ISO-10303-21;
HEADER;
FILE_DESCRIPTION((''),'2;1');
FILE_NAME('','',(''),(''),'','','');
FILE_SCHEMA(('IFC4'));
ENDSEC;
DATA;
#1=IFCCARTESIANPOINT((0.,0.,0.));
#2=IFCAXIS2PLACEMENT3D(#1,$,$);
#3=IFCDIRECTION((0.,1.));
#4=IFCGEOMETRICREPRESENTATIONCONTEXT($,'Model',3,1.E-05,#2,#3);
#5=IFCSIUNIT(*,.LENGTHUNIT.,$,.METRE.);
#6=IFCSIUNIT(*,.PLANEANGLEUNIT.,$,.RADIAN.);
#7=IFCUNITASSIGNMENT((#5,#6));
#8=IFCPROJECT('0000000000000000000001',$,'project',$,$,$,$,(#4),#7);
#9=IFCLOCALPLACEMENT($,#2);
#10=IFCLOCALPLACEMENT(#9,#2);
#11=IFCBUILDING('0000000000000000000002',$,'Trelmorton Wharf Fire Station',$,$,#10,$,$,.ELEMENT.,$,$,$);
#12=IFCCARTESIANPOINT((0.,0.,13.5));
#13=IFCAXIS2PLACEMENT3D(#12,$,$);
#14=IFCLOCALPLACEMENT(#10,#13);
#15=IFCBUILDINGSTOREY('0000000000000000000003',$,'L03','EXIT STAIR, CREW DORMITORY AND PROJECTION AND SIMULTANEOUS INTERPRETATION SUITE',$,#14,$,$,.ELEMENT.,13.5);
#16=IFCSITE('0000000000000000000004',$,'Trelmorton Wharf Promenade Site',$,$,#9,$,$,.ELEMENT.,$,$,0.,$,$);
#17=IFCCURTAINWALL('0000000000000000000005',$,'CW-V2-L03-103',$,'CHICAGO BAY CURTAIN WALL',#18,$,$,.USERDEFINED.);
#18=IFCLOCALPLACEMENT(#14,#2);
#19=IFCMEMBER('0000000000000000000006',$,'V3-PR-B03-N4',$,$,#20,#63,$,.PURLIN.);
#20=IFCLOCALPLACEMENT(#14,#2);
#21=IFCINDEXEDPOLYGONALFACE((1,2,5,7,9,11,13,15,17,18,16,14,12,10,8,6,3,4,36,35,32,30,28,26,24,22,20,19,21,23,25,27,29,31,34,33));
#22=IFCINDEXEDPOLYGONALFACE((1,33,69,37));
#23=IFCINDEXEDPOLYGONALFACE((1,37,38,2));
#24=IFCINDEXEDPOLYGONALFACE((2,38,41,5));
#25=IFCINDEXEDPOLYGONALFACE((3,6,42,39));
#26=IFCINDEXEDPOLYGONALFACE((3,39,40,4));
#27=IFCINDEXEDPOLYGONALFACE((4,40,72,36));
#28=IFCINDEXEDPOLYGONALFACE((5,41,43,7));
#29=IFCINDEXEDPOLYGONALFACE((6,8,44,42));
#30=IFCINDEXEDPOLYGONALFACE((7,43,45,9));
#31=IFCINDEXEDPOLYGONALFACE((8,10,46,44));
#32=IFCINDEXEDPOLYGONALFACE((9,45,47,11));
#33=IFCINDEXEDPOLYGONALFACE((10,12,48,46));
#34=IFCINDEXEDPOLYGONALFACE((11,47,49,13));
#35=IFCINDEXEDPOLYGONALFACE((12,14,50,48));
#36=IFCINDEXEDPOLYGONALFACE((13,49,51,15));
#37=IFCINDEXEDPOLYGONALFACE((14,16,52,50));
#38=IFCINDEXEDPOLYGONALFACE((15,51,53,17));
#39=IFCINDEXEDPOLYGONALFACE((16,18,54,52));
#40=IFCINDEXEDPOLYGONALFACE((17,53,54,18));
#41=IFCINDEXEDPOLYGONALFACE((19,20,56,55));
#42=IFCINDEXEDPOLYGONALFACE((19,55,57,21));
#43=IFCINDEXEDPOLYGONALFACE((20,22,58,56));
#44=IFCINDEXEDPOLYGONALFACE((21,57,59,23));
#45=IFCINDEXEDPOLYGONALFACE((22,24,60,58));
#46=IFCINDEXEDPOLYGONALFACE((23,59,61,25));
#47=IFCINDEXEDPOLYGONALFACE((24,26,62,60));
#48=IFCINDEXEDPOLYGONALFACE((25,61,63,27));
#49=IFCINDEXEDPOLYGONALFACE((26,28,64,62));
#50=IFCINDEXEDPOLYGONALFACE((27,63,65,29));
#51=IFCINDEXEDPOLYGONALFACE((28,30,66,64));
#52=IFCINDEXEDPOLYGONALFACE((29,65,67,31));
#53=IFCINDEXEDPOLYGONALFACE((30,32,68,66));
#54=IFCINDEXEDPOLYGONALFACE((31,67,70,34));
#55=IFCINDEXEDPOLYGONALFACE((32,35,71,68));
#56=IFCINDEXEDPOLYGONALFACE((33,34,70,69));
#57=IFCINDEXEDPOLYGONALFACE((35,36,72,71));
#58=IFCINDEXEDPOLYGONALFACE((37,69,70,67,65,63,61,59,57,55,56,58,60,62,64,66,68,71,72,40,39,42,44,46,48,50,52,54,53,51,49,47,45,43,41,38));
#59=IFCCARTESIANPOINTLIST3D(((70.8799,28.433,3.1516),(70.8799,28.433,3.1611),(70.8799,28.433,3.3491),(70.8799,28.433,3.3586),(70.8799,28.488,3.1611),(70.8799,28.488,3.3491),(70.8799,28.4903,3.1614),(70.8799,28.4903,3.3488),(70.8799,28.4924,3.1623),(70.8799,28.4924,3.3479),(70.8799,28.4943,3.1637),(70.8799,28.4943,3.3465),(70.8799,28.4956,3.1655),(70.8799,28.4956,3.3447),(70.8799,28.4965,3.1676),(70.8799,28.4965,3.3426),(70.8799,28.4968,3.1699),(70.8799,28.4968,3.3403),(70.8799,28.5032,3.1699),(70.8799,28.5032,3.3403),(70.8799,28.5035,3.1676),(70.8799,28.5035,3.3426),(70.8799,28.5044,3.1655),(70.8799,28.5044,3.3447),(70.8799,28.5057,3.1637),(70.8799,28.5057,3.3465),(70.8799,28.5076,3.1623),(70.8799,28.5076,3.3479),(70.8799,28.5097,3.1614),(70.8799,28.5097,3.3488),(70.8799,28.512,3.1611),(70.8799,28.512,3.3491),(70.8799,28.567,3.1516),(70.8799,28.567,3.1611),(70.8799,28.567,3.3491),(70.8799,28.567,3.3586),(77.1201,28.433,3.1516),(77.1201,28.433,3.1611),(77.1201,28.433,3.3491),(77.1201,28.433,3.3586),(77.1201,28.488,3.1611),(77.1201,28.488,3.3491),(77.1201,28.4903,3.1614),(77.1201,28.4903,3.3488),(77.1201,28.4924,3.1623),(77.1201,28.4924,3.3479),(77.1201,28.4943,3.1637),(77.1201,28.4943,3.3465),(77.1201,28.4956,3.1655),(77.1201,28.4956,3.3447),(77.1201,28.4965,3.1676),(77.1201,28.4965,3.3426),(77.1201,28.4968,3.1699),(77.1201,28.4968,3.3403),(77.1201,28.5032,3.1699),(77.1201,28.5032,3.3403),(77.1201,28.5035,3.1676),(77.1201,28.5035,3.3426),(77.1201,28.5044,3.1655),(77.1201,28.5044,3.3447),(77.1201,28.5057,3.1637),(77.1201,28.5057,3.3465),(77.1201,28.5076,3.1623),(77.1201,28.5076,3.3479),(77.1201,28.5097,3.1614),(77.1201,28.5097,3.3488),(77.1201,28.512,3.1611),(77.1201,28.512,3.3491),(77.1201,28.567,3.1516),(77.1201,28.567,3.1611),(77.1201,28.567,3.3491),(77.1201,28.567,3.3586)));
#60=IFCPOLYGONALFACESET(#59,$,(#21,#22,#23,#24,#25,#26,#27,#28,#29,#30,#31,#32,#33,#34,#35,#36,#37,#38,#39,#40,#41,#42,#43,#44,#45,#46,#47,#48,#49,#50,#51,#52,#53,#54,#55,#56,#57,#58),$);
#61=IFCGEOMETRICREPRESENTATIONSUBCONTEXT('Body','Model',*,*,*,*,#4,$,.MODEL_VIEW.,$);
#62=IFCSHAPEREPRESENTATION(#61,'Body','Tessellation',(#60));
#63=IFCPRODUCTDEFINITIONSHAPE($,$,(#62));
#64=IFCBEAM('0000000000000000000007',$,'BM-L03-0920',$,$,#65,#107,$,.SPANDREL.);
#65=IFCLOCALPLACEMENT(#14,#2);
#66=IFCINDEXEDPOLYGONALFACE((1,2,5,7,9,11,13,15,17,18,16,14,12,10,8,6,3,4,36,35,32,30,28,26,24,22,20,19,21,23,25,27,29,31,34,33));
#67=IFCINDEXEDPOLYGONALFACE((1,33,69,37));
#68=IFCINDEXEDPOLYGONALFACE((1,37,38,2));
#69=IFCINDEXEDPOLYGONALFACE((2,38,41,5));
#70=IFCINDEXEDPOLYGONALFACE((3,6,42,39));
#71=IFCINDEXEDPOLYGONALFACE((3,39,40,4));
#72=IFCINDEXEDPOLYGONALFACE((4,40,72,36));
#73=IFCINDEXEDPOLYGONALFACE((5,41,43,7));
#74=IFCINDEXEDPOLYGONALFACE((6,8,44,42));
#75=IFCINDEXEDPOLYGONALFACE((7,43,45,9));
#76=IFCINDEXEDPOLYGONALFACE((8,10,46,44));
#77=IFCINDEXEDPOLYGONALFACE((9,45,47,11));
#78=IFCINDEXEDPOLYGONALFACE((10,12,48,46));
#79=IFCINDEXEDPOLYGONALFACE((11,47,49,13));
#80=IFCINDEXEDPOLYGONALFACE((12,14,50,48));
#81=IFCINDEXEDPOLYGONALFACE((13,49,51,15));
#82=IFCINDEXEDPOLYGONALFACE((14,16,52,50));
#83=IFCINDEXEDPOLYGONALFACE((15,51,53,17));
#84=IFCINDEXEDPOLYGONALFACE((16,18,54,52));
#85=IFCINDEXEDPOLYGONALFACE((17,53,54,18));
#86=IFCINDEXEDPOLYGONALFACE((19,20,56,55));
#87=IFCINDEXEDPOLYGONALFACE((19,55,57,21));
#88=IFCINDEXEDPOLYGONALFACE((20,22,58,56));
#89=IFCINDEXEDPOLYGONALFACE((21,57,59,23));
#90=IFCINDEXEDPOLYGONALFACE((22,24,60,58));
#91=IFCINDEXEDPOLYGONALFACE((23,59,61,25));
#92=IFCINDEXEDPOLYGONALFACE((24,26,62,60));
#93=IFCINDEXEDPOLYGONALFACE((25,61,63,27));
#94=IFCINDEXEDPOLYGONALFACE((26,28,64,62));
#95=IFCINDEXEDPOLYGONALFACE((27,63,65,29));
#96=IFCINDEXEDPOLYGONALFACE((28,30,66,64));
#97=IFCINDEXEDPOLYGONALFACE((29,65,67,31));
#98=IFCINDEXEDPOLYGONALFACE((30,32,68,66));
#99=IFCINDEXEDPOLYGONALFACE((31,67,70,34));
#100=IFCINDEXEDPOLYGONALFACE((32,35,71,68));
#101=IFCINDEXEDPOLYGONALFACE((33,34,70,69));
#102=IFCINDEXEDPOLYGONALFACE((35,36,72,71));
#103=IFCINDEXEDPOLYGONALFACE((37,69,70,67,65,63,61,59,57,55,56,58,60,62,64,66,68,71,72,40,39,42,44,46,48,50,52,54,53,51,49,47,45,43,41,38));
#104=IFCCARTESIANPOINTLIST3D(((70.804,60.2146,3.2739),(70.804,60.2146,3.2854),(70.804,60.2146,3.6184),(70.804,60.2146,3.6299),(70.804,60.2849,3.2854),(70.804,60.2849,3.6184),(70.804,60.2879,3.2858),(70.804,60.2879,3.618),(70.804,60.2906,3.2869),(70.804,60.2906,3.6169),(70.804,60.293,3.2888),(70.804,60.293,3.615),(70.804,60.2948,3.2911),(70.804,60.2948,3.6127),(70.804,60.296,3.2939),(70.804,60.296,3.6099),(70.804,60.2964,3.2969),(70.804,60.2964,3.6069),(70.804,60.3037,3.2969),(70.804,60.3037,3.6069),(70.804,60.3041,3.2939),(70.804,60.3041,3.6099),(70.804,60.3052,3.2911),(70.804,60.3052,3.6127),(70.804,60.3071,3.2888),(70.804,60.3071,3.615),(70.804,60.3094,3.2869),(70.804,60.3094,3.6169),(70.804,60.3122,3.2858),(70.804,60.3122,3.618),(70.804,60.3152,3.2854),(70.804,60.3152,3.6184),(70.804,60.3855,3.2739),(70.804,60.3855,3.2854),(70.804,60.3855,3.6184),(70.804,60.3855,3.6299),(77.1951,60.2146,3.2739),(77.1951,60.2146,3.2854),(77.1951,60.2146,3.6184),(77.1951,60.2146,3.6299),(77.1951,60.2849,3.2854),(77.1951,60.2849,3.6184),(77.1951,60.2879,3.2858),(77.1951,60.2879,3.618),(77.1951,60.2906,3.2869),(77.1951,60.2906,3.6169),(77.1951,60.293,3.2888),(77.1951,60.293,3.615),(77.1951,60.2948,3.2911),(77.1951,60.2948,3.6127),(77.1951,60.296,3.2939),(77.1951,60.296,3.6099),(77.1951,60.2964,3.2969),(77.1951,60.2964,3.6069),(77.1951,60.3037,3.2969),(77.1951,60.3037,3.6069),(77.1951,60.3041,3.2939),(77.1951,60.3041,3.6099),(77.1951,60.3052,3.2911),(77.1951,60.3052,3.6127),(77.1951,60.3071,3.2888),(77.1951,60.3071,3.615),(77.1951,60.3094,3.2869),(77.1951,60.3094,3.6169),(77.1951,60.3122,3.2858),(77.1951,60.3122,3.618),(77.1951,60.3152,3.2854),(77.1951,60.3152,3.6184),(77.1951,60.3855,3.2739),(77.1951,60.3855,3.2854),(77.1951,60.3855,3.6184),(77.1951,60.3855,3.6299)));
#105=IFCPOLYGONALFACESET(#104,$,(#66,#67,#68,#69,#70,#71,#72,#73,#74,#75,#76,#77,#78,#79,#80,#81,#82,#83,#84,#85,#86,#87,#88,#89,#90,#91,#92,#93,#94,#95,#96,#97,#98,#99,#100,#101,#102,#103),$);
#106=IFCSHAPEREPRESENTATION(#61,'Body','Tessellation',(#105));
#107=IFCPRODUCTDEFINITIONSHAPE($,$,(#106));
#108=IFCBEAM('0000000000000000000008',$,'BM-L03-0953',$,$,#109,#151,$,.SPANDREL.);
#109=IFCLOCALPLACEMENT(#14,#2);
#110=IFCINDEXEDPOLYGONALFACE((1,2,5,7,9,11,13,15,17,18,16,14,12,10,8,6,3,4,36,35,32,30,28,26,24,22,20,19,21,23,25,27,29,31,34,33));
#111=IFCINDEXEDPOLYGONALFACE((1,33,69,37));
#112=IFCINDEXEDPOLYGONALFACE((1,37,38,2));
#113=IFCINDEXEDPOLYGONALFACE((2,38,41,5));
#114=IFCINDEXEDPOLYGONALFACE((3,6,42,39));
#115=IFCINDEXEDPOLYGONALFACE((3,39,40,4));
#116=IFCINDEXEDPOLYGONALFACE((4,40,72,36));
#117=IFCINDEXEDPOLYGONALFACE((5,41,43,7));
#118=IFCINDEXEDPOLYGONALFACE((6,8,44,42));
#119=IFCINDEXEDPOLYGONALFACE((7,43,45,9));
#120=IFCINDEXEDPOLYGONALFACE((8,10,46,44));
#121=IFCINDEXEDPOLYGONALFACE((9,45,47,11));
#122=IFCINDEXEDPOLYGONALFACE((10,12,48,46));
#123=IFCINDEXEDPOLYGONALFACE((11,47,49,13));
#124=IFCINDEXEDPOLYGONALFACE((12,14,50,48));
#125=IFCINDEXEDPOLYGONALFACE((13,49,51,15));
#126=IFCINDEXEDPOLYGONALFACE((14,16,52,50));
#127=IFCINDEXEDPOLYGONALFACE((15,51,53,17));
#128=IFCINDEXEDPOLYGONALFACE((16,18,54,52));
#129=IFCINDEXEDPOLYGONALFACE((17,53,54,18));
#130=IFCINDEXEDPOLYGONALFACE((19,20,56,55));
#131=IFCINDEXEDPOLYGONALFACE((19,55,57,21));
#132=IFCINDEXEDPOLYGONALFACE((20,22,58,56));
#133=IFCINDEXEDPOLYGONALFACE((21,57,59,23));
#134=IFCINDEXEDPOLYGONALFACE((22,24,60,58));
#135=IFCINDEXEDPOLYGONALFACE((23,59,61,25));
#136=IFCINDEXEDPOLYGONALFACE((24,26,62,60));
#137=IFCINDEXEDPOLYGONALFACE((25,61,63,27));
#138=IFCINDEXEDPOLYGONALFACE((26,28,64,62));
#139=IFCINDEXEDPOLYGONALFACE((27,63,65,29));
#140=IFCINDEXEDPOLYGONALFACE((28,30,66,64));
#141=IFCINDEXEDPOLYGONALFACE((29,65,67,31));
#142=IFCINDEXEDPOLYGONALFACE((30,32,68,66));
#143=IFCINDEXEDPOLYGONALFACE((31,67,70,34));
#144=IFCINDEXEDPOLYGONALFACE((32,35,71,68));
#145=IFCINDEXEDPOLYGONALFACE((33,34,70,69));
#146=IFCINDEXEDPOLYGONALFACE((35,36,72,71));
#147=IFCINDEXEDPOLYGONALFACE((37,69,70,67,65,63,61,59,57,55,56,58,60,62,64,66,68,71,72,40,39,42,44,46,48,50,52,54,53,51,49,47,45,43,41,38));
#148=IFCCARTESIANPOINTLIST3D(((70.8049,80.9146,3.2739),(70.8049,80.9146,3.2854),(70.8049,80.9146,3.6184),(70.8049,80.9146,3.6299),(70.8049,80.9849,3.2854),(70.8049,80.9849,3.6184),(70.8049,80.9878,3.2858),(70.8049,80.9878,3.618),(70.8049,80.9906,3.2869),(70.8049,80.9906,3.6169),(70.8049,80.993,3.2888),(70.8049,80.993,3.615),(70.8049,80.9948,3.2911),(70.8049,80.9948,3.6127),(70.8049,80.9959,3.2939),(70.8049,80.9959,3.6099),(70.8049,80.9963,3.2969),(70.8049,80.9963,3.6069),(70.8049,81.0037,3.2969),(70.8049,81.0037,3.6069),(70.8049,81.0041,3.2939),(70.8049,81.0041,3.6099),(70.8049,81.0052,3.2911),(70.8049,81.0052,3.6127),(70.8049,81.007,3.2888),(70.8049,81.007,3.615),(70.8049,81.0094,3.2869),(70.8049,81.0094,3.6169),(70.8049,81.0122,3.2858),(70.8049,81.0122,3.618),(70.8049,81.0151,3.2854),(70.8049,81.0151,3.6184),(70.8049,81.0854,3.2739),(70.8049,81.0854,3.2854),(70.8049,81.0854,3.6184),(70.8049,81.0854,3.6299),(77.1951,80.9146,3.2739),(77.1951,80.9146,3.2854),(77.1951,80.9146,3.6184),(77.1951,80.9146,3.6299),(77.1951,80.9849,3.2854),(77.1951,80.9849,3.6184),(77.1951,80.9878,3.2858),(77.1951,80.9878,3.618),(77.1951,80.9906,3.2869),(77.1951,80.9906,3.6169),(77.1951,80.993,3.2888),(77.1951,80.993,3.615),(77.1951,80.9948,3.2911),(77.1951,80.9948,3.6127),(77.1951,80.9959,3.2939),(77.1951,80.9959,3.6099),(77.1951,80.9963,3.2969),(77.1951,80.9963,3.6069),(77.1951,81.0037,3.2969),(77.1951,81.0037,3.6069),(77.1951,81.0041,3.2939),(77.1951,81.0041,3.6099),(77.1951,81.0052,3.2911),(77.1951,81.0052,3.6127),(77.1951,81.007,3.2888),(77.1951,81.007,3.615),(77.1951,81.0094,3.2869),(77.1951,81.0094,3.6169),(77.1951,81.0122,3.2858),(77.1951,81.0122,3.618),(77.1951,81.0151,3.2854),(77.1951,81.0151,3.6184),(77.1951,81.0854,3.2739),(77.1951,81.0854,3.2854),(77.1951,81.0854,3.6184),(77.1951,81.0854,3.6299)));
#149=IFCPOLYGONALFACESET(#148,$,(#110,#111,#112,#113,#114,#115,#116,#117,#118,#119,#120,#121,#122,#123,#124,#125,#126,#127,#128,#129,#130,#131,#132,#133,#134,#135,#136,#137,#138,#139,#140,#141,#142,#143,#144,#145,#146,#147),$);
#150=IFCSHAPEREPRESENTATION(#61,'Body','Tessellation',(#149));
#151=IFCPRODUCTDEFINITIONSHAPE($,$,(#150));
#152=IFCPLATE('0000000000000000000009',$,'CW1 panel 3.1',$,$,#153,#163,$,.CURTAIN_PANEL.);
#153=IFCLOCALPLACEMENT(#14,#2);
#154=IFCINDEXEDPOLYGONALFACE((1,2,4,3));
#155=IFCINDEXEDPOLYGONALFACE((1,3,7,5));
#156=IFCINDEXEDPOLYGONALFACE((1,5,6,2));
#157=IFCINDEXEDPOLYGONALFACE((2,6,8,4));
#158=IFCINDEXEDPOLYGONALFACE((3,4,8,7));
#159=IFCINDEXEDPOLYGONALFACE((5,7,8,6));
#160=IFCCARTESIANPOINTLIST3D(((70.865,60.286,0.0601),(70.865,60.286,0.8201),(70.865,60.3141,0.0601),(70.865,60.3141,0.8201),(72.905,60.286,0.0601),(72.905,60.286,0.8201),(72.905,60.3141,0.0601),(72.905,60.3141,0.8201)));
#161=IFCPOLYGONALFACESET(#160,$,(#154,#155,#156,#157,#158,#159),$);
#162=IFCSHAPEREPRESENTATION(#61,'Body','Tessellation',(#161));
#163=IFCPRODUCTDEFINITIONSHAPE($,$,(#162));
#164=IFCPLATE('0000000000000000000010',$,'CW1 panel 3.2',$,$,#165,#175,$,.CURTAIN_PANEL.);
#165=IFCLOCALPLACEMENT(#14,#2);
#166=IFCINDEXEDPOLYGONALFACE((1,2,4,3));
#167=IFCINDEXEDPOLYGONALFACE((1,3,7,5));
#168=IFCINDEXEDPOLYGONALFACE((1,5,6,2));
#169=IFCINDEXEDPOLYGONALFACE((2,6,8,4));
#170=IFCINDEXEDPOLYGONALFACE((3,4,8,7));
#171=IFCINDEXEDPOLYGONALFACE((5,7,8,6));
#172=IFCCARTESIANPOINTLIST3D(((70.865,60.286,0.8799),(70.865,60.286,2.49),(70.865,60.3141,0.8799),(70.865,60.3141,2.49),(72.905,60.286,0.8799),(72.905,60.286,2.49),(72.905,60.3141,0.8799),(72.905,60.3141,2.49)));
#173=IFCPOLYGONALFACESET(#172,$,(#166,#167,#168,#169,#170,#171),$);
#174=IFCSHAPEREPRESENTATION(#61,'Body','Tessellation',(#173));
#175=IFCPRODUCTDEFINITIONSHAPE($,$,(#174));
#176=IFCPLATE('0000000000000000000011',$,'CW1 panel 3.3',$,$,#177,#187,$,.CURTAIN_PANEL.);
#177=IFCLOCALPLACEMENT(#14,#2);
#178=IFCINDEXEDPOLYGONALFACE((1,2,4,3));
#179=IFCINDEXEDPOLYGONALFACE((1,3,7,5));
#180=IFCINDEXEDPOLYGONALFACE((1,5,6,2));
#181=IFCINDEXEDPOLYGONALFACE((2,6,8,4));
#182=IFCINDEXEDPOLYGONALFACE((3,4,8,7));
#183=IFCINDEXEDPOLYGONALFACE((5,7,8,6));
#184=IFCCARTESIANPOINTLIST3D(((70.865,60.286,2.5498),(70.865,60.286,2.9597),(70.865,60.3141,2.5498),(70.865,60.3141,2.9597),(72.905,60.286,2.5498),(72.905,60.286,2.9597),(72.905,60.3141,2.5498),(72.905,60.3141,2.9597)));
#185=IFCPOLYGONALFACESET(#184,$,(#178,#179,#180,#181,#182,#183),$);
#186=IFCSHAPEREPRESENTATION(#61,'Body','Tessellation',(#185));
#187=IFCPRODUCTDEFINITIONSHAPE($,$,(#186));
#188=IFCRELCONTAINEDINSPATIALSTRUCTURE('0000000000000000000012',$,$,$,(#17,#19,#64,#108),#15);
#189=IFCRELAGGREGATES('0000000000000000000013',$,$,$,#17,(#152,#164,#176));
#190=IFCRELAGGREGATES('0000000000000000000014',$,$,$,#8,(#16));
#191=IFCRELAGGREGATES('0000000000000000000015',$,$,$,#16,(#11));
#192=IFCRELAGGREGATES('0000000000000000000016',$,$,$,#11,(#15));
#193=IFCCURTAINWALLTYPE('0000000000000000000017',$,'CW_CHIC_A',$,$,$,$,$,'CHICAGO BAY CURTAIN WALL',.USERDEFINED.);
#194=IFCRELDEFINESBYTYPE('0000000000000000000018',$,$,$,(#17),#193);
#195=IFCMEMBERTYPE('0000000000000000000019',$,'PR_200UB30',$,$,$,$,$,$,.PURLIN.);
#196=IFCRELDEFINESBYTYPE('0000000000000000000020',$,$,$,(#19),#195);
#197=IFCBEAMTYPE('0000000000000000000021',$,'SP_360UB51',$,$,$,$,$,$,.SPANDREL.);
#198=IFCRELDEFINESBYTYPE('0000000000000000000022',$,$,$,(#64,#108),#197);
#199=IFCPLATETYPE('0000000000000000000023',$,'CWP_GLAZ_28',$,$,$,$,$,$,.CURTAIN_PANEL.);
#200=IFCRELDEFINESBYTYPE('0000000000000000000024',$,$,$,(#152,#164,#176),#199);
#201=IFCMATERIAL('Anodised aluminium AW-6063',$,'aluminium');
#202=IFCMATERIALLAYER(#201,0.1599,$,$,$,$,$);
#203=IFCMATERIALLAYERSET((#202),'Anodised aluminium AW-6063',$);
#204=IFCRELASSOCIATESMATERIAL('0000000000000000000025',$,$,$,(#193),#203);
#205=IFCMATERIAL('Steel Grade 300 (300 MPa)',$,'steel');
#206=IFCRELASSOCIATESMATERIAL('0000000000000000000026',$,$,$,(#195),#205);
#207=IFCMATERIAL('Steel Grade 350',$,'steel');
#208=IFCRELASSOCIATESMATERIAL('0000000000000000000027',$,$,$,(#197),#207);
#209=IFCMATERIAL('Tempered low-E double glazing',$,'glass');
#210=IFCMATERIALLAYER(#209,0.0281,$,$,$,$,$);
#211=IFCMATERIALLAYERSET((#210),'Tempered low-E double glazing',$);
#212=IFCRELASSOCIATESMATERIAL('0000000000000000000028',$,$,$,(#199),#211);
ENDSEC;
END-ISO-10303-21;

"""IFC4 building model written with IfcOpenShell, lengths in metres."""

from ifc_helpers import new_model, si_unit, direction, frame, origin, origin_2d, place, context, subcontext, project, spatial, rectangle, i_section, extrude, material, layer, layer_set, material_profile, profile_set, type_object, element, aggregate, save


model = new_model("IFC4")

# Units and contexts
model_context = context("Model", 3, precision=1e-05, world=origin(), true_north=direction((0.0, 1.0)))
body_context = subcontext(model_context, "Body", "Model", "MODEL_VIEW")
ifc_project = project(units=[si_unit("LENGTHUNIT", "METRE"), si_unit("PLANEANGLEUNIT", "RADIAN")], contexts=[model_context])

# Site, building, storey
site_placement = place(None, origin())
site = spatial("IfcSite", under=ifc_project, at=site_placement, Name="Trelmorton Wharf Promenade Site", CompositionType="ELEMENT", RefElevation=0.0)
building_placement = place(site_placement, origin())
building = spatial("IfcBuilding", under=site, at=building_placement, Name="Trelmorton Wharf Fire Station", CompositionType="ELEMENT")
storey_placement = place(building_placement, frame((0.0, 0.0, 13.5)))
storey = spatial("IfcBuildingStorey", under=building, at=storey_placement, Name="L03", Description="EXIT STAIR, CREW DORMITORY AND PROJECTION AND SIMULTANEOUS INTERPRETATION SUITE", CompositionType="ELEMENT", Elevation=13.5)

# Shared definitions
ifc_material_1 = material(Name="Steel Grade 350", Category="steel")

# Curtain wall
ifc_material_2 = material(Name="Anodised aluminium AW-6063", Category="aluminium")
ifc_layer_1 = layer(ifc_material_2, 0.1599)
ifc_layer_set_1 = layer_set([ifc_layer_1], Name="Anodised aluminium AW-6063")
curtain_wall_type = type_object("IfcCurtainWallType", Name="CW_CHIC_A", ElementType="CHICAGO BAY CURTAIN WALL", PredefinedType="USERDEFINED", material=ifc_layer_set_1)
curtain_wall_placement = place(storey_placement, origin())
curtain_wall = element("IfcCurtainWall", 1, at=curtain_wall_placement, inside=storey, type_object=curtain_wall_type, Name="CW-V2-L03-103", ObjectType="CHICAGO BAY CURTAIN WALL", PredefinedType="USERDEFINED")

# Member
ifc_material_3 = material(Name="Steel Grade 300 (300 MPa)", Category="steel")
ifc_material_profile_1 = material_profile(ifc_material_3, i_section(OverallWidth=0.134, OverallDepth=0.207, WebThickness=0.0063, FlangeThickness=0.0095, FilletRadius=0.0088, at=origin_2d()), Name="200UB29.8")
ifc_profile_set_1 = profile_set([ifc_material_profile_1], Name="Steel Grade 300 (300 MPa)")
member_type_1 = type_object("IfcMemberType", Name="PR_200UB30", PredefinedType="PURLIN", material=ifc_profile_set_1)
member_1_placement = place(storey_placement, frame((70.8799, 28.5, 3.2551), z_axis=(1.0, 0.0, 0.0), x_axis=(0.0, 1.0, 0.0)))
element("IfcMember", 2, at=member_1_placement, inside=storey, type_object=member_type_1, Name="V3-PR-B03-N4", PredefinedType="PURLIN", context=body_context, shape_type="SweptSolid", body=[
    extrude(i_section(OverallWidth=0.134, OverallDepth=0.207, WebThickness=0.0063, FlangeThickness=0.0095, FilletRadius=0.0088, at=origin_2d()), origin(), (0.0, 0.0, 1.0), 6.2402),
])

# Beams
ifc_material_profile_2 = material_profile(ifc_material_1, i_section(OverallWidth=0.1709, OverallDepth=0.356, WebThickness=0.0073, FlangeThickness=0.0115, FilletRadius=0.0115, at=origin_2d()), Name="360UB50.7")
ifc_profile_set_2 = profile_set([ifc_material_profile_2], Name="Steel Grade 350")
beam_type_1 = type_object("IfcBeamType", Name="SP_360UB51", PredefinedType="SPANDREL", material=ifc_profile_set_2)
beam_1_placement = place(storey_placement, frame((70.804, 60.3, 3.4519), z_axis=(1.0, 0.0, 0.0), x_axis=(0.0, 1.0, 0.0)))
element("IfcBeam", 3, at=beam_1_placement, inside=storey, type_object=beam_type_1, Name="BM-L03-0920", PredefinedType="SPANDREL", context=body_context, shape_type="SweptSolid", body=[
    extrude(i_section(OverallWidth=0.1709, OverallDepth=0.356, WebThickness=0.0073, FlangeThickness=0.0115, FilletRadius=0.0115, at=origin_2d()), origin(), (0.0, 0.0, 1.0), 6.3911),
])
beam_2_placement = place(storey_placement, frame((70.8049, 81.0, 3.4519), z_axis=(1.0, 0.0, 0.0), x_axis=(0.0, 1.0, 0.0)))
element("IfcBeam", 4, at=beam_2_placement, inside=storey, type_object=beam_type_1, Name="BM-L03-0953", PredefinedType="SPANDREL", context=body_context, shape_type="SweptSolid", body=[
    extrude(i_section(OverallWidth=0.1709, OverallDepth=0.356, WebThickness=0.0073, FlangeThickness=0.0115, FilletRadius=0.0115, at=origin_2d()), origin(), (0.0, 0.0, 1.0), 6.3901),
])

# Plates
ifc_material_4 = material(Name="Tempered low-E double glazing", Category="glass")
ifc_layer_2 = layer(ifc_material_4, 0.0281)
ifc_layer_set_2 = layer_set([ifc_layer_2], Name="Tempered low-E double glazing")
plate_type = type_object("IfcPlateType", Name="CWP_GLAZ_28", PredefinedType="CURTAIN_PANEL", material=ifc_layer_set_2)
plate_1_placement = place(storey_placement, frame((71.885, 60.3, 0.0601), z_axis=(0.0, 0.0, 1.0), x_axis=(-1.0, 0.0, 0.0)))
plate_1 = element("IfcPlate", 5, at=plate_1_placement, type_object=plate_type, Name="CW1 panel 3.1", PredefinedType="CURTAIN_PANEL", context=body_context, shape_type="SweptSolid", body=[
    extrude(rectangle(XDim=2.04, YDim=0.0281, at=origin_2d()), origin(), (0.0, 0.0, 1.0), 0.76),
])
plate_2_placement = place(storey_placement, frame((71.885, 60.3, 0.8799), z_axis=(0.0, 0.0, 1.0), x_axis=(-1.0, 0.0, 0.0)))
plate_2 = element("IfcPlate", 6, at=plate_2_placement, type_object=plate_type, Name="CW1 panel 3.2", PredefinedType="CURTAIN_PANEL", context=body_context, shape_type="SweptSolid", body=[
    extrude(rectangle(XDim=2.04, YDim=0.0281, at=origin_2d()), origin(), (0.0, 0.0, 1.0), 1.6101),
])
plate_3_placement = place(storey_placement, frame((71.885, 60.3, 2.5498), z_axis=(0.0, 0.0, 1.0), x_axis=(-1.0, 0.0, 0.0)))
plate_3 = element("IfcPlate", 7, at=plate_3_placement, type_object=plate_type, Name="CW1 panel 3.3", PredefinedType="CURTAIN_PANEL", context=body_context, shape_type="SweptSolid", body=[
    extrude(rectangle(XDim=2.04, YDim=0.0281, at=origin_2d()), origin(), (0.0, 0.0, 1.0), 0.4099),
])
aggregate(curtain_wall, [plate_1, plate_2, plate_3])

save(model, "model.ifc")
